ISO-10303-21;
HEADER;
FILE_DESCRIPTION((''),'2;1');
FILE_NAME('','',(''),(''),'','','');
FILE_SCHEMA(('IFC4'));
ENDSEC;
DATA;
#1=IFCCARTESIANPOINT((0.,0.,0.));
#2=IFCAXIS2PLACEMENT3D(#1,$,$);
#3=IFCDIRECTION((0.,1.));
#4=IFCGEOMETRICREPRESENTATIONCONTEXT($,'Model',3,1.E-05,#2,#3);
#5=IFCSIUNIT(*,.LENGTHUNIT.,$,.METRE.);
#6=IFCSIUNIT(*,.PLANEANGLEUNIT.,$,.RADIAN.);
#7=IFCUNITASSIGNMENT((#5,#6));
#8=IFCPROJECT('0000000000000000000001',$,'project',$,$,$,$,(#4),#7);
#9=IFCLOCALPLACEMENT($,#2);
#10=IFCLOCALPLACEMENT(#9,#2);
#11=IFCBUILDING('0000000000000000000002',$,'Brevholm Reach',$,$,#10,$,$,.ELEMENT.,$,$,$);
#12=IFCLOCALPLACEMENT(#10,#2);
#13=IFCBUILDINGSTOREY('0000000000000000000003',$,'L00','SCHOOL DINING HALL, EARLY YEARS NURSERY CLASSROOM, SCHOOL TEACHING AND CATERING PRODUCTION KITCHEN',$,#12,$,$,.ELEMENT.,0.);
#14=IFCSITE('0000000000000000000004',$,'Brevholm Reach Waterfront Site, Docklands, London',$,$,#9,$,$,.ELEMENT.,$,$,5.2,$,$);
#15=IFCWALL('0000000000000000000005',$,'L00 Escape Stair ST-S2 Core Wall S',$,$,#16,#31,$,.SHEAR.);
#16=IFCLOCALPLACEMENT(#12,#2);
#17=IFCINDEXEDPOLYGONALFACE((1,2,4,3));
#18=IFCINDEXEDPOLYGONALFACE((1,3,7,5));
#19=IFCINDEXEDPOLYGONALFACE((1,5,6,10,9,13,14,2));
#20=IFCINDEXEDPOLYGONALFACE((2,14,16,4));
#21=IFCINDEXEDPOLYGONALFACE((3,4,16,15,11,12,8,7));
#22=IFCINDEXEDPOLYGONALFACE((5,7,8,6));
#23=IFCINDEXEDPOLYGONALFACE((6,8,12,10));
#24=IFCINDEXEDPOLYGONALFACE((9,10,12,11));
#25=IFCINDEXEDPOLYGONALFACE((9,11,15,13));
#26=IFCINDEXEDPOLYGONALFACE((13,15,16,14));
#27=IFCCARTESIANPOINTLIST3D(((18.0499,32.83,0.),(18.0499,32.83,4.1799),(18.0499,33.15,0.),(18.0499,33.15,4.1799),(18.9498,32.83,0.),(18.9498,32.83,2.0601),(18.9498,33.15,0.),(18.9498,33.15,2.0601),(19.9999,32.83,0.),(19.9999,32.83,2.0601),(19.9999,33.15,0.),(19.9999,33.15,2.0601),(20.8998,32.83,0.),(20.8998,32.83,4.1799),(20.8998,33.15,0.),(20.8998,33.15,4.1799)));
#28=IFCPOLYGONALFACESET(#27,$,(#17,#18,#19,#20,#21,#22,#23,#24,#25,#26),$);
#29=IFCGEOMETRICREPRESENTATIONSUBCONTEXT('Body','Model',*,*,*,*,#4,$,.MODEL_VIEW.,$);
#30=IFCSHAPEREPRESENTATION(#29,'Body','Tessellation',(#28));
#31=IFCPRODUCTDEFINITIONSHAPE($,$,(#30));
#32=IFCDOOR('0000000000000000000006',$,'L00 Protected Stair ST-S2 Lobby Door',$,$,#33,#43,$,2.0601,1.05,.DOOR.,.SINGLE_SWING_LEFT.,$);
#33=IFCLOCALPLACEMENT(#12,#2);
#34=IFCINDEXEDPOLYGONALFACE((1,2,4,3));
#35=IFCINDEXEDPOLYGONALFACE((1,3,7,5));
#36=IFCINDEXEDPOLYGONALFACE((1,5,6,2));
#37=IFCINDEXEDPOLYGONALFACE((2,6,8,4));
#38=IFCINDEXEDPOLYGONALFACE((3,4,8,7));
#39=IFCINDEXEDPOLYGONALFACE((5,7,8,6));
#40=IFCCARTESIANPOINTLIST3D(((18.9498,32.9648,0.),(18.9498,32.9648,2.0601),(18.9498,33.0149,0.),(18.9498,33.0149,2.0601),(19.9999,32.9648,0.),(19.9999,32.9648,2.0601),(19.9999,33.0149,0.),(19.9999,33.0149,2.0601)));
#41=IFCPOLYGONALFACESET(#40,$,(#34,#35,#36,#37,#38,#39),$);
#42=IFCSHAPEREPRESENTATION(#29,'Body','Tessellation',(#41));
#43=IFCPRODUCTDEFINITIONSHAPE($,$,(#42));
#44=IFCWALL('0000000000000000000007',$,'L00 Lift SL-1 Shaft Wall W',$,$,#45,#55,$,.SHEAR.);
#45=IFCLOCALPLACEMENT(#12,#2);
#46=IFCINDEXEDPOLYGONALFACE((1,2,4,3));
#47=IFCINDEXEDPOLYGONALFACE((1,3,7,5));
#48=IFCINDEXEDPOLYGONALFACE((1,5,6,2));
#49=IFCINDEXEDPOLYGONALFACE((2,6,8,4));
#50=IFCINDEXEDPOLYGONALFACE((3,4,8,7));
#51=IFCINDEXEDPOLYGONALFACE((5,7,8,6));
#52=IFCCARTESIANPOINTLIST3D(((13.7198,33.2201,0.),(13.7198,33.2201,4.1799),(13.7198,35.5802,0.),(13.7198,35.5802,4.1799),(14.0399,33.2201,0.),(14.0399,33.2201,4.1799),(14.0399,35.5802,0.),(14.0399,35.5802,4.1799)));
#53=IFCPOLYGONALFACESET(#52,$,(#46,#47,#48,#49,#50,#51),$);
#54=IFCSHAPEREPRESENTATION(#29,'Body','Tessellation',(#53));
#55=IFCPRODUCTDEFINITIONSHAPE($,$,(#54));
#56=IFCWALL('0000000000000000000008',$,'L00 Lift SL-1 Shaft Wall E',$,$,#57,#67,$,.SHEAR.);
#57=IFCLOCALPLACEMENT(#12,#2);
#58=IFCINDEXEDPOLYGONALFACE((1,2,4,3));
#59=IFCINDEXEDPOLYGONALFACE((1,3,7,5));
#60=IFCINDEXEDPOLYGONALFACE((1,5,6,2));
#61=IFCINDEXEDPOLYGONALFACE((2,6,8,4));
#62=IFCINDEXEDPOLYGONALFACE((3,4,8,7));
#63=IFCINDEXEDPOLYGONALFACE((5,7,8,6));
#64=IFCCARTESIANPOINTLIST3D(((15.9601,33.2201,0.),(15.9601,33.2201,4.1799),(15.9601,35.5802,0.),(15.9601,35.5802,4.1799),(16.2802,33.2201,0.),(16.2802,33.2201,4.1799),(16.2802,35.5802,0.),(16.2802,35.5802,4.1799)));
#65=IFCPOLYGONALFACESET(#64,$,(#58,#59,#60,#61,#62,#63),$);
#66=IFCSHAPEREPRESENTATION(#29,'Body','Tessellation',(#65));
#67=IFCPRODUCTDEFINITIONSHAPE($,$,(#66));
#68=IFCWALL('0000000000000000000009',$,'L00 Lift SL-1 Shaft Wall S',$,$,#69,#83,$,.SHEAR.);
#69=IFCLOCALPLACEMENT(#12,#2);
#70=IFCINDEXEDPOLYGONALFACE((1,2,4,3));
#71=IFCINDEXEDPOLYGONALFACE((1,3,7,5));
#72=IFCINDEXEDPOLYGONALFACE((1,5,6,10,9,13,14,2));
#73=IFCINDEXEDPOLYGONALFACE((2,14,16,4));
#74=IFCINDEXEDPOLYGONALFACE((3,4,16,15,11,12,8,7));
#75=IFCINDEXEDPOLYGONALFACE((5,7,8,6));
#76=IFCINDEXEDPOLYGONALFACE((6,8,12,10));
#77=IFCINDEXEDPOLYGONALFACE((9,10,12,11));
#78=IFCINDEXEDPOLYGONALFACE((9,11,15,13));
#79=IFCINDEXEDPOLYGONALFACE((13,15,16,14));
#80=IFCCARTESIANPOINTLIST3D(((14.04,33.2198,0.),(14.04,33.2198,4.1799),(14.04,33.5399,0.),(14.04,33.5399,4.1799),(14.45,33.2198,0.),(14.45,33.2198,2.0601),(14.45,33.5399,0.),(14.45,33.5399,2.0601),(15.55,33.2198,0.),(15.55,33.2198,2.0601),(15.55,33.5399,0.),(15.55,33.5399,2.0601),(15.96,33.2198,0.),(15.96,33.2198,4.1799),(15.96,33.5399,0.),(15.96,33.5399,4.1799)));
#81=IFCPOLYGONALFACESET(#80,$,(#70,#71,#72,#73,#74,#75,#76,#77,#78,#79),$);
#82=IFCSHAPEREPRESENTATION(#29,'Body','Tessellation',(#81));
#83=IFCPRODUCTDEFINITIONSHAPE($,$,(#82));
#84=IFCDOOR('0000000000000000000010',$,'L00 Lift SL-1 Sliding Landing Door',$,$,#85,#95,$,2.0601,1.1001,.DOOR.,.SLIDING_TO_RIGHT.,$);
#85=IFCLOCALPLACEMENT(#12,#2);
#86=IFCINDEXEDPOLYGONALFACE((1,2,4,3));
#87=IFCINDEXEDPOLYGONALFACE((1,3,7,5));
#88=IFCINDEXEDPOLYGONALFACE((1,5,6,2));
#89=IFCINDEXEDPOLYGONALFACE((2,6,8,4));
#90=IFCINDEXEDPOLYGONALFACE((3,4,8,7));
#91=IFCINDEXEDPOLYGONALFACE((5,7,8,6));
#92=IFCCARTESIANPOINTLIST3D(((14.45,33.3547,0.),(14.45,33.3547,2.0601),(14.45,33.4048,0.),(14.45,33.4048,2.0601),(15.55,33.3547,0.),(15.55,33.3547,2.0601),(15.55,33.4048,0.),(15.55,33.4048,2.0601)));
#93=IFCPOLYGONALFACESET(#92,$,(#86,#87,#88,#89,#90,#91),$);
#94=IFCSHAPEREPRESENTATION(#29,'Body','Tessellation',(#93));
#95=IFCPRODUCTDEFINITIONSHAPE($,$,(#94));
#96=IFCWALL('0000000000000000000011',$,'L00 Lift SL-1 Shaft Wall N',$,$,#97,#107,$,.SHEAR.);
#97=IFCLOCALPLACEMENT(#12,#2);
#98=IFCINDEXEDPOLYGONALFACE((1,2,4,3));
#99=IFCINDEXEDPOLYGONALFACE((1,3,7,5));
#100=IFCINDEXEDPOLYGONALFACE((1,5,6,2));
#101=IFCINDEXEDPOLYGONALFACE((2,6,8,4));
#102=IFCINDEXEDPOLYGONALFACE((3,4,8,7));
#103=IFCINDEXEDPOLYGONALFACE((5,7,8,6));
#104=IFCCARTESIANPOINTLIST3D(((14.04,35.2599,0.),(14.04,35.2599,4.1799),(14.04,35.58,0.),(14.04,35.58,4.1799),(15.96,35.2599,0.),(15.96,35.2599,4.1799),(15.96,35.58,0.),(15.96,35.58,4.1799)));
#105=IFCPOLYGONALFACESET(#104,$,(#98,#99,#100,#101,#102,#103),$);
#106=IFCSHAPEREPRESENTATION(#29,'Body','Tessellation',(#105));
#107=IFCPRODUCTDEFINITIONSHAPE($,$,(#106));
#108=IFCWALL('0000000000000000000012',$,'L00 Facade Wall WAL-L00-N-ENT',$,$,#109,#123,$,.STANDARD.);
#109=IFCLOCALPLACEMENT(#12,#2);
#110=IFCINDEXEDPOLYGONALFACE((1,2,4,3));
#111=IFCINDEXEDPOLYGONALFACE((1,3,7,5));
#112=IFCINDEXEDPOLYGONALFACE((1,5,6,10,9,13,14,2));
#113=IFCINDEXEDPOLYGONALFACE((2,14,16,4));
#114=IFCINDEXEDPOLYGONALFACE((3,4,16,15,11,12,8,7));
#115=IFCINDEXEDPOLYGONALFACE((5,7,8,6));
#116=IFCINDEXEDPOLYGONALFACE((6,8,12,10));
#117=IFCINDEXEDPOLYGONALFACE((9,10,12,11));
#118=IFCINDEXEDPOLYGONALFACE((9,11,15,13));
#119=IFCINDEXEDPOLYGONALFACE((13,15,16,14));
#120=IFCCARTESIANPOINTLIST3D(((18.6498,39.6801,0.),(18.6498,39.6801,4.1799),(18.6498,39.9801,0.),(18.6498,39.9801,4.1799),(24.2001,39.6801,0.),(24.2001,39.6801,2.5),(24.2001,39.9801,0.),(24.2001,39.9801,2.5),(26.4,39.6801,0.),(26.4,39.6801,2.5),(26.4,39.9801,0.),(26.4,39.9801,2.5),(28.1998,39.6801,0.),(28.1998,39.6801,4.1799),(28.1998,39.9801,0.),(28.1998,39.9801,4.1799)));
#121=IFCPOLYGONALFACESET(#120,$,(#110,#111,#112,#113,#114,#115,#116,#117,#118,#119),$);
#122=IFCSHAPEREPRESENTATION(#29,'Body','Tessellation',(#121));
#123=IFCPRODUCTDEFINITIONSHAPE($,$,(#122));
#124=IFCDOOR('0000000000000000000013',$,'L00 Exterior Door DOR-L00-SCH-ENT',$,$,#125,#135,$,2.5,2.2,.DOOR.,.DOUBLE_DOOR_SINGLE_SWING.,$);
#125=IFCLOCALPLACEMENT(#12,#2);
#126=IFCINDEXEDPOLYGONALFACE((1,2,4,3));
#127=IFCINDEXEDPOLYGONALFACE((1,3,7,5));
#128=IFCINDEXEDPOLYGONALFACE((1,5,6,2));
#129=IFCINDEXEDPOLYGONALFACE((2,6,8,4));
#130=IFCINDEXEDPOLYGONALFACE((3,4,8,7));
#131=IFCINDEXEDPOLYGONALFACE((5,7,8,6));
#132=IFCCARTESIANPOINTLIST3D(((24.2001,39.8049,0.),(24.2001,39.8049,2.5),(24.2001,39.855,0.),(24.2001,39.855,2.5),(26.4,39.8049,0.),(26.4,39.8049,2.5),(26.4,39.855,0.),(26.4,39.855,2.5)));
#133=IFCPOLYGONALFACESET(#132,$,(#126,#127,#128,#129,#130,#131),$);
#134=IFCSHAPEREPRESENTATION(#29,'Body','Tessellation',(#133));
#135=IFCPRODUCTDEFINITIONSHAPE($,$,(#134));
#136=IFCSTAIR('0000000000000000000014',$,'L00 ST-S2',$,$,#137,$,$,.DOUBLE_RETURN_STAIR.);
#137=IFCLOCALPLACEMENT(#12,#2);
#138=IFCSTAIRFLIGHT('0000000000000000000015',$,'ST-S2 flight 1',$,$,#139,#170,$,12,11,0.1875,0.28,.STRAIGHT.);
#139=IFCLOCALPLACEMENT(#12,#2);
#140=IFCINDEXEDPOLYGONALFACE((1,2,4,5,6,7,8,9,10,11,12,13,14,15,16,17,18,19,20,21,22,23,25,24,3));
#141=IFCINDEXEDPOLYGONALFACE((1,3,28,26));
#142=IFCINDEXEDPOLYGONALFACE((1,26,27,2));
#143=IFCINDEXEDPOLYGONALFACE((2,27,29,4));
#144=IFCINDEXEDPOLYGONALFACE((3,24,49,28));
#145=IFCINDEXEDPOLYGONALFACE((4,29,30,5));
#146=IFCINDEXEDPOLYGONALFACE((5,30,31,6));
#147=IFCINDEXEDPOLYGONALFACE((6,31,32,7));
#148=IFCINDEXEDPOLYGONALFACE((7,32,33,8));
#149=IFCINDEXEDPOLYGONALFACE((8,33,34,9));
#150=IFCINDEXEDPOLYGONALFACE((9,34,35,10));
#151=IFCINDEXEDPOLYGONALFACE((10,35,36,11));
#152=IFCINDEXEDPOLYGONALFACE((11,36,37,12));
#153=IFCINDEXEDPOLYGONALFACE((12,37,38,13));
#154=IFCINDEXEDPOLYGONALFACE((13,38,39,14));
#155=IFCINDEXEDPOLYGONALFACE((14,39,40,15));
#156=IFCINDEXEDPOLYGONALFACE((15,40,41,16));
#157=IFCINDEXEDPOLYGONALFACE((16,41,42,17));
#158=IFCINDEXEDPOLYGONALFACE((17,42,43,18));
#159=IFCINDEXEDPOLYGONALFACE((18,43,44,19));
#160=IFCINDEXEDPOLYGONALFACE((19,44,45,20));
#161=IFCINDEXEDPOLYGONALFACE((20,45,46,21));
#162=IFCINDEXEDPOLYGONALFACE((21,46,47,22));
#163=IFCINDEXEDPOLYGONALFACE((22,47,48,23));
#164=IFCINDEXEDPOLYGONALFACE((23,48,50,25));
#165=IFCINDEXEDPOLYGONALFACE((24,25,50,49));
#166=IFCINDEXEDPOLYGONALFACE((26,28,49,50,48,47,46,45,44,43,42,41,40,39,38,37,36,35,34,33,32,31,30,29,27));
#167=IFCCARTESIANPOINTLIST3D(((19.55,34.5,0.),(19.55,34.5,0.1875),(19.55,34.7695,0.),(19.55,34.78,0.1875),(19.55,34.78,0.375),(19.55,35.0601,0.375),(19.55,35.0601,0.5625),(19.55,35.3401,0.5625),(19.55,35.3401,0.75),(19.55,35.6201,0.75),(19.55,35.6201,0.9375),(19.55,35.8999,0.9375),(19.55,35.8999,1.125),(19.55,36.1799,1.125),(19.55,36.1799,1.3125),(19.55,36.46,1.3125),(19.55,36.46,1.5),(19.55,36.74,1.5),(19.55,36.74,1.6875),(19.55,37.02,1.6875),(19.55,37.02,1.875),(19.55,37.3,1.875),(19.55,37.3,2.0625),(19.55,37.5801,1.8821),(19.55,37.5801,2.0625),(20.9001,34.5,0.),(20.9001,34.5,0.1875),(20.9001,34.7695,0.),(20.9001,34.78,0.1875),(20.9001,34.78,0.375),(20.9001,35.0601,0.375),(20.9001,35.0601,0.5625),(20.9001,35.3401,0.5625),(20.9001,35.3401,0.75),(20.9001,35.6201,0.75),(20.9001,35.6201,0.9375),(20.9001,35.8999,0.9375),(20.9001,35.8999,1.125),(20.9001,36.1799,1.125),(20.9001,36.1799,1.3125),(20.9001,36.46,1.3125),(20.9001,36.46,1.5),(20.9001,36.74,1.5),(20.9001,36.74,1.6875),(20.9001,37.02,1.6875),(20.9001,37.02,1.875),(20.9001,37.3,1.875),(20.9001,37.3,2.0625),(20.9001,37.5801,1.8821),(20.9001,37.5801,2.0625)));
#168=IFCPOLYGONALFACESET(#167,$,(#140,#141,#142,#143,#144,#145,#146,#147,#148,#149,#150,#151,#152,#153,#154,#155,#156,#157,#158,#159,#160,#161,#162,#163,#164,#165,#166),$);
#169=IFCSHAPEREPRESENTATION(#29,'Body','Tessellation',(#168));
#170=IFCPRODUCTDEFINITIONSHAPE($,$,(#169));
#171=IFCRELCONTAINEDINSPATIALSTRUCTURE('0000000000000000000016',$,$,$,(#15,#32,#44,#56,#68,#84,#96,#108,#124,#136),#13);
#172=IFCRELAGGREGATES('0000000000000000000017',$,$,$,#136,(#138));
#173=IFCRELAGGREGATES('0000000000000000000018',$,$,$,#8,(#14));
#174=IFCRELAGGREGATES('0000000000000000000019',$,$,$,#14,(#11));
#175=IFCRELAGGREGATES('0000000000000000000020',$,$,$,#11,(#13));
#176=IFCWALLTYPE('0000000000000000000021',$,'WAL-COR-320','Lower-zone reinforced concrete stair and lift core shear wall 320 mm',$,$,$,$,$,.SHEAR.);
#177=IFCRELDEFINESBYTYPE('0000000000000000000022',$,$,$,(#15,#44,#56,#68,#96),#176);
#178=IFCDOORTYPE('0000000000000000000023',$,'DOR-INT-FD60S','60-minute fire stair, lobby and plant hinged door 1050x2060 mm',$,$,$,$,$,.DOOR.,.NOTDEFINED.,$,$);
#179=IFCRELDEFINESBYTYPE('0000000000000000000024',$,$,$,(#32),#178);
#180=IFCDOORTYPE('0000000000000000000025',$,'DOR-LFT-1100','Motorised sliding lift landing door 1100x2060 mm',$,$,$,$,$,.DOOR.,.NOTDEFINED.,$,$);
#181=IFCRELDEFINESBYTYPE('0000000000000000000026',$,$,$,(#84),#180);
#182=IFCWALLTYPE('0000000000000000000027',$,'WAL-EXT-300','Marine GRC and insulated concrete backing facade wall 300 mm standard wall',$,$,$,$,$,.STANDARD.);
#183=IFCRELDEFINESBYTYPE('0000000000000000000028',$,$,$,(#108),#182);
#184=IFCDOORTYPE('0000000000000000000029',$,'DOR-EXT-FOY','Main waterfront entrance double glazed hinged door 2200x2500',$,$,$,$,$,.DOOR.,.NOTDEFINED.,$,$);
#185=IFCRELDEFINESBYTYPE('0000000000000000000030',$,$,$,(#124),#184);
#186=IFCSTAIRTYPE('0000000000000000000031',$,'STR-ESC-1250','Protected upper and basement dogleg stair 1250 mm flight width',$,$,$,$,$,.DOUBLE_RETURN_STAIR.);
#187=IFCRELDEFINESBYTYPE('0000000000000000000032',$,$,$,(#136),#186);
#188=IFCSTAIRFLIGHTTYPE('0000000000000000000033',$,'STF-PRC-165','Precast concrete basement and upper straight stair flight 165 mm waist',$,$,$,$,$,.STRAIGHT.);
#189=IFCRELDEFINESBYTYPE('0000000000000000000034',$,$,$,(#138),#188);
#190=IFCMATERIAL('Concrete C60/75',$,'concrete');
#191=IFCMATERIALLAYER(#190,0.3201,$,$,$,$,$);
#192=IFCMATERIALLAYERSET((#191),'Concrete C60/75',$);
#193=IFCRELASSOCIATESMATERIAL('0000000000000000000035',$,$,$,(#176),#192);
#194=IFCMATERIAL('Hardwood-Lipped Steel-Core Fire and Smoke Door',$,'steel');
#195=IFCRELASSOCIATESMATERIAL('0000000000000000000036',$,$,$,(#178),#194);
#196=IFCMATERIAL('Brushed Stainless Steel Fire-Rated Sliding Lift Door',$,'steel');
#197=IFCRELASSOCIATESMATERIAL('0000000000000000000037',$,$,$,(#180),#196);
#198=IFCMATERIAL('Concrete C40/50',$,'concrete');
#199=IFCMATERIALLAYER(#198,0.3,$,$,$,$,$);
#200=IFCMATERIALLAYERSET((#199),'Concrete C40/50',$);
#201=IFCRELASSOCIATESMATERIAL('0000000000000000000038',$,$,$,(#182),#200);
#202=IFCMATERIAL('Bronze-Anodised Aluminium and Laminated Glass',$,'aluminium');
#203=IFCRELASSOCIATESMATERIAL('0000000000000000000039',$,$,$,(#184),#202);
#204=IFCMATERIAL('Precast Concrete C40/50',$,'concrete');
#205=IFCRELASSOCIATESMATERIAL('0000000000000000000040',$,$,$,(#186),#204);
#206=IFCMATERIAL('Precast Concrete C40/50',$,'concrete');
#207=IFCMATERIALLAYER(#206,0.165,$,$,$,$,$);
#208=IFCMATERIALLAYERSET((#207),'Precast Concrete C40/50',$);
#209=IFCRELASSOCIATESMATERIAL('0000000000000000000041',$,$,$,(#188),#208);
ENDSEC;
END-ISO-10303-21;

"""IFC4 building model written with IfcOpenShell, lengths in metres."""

from ifc_helpers import new_model, si_unit, direction, frame, frame_2d, origin, place, context, subcontext, project, spatial, polyline, rectangle, outline, extrude, material, layer, layer_set, type_object, element, fill, aggregate, save


model = new_model("IFC4")

# Units and contexts
model_context = context("Model", 3, precision=1e-05, world=origin(), true_north=direction((0.0, 1.0)))
body_context = subcontext(model_context, "Body", "Model", "MODEL_VIEW")
ifc_project = project(units=[si_unit("LENGTHUNIT", "METRE"), si_unit("PLANEANGLEUNIT", "RADIAN")], contexts=[model_context])

# Site, building, storey
site_placement = place(None, origin())
site = spatial("IfcSite", under=ifc_project, at=site_placement, Name="Brevholm Reach Waterfront Site, Docklands, London", CompositionType="ELEMENT", RefElevation=5.2)
building_placement = place(site_placement, origin())
building = spatial("IfcBuilding", under=site, at=building_placement, Name="Brevholm Reach", CompositionType="ELEMENT")
storey_placement = place(building_placement, origin())
storey = spatial("IfcBuildingStorey", under=building, at=storey_placement, Name="L00", Description="SCHOOL DINING HALL, EARLY YEARS NURSERY CLASSROOM, SCHOOL TEACHING AND CATERING PRODUCTION KITCHEN", CompositionType="ELEMENT", Elevation=0.0)

# Shared definitions
ifc_material_1 = material(Name="Concrete C60/75", Category="concrete")
ifc_layer_1 = layer(ifc_material_1, 0.3201)
ifc_layer_set_1 = layer_set([ifc_layer_1], Name="Concrete C60/75")
wall_type_1 = type_object("IfcWallType", Name="WAL-COR-320", Description="Lower-zone reinforced concrete stair and lift core shear wall 320 mm", PredefinedType="SHEAR", material=ifc_layer_set_1)

# Wall, opening, door
wall_1_placement = place(storey_placement, frame((18.05, 32.99, 0.0), z_axis=(0.0, 0.0, 1.0), x_axis=(1.0, 0.0, 0.0)))
wall_1 = element("IfcWall", 1, at=wall_1_placement, inside=storey, type_object=wall_type_1, Name="L00 Escape Stair ST-S2 Core Wall S", PredefinedType="SHEAR", context=body_context, shape_type="SweptSolid", body=[
    extrude(rectangle(XDim=2.8499, YDim=0.3201, at=frame_2d((1.4248, 0.0))), origin(), (0.0, 0.0, 1.0), 4.1799),
])
opening_1_placement = place(wall_1_placement, frame((0.8999, 0.0, 0.0)))
opening_1 = element("IfcOpeningElement", 2, at=opening_1_placement, cuts=wall_1, PredefinedType="OPENING", context=body_context, shape_type="SweptSolid", body=[
    extrude(rectangle(XDim=1.05, YDim=2.0601, at=frame_2d((0.5249, 1.03))), frame((0.0, 0.1699, 0.0), z_axis=(0.0, -1.0, 0.0), x_axis=(1.0, 0.0, 0.0)), (0.0, 0.0, 1.0), 0.3401),
])
ifc_material_2 = material(Name="Hardwood-Lipped Steel-Core Fire and Smoke Door", Category="steel")
door_type_1 = type_object("IfcDoorType", Name="DOR-INT-FD60S", Description="60-minute fire stair, lobby and plant hinged door 1050x2060 mm", OperationType="NOTDEFINED", PredefinedType="DOOR", material=ifc_material_2)
door_1_placement = place(opening_1_placement, origin())
door_1 = element("IfcDoor", 3, at=door_1_placement, inside=storey, type_object=door_type_1, Name="L00 Protected Stair ST-S2 Lobby Door", OperationType="SINGLE_SWING_LEFT", OverallHeight=2.0601, OverallWidth=1.05, PredefinedType="DOOR", context=body_context, shape_type="SweptSolid", body=[
    extrude(rectangle(XDim=1.05, YDim=2.0601, at=frame_2d((0.5249, 1.03))), frame((0.0, 0.0249, 0.0), z_axis=(0.0, -1.0, 0.0), x_axis=(1.0, 0.0, 0.0)), (0.0, 0.0, 1.0), 0.05),
])
fill(opening_1, door_1)

# Walls
for number, where, z_axis, x_axis, name in (
    (4, (13.8799, 33.22, 0.0), (0.0, 0.0, 1.0), (0.0, 1.0, 0.0), "L00 Lift SL-1 Shaft Wall W"),
    (5, (16.1201, 33.22, 0.0), (0.0, 0.0, 1.0), (0.0, 1.0, 0.0), "L00 Lift SL-1 Shaft Wall E"),
):
    element("IfcWall", number, at=place(storey_placement, frame(where, z_axis=z_axis, x_axis=x_axis)), inside=storey, type_object=wall_type_1, Name=name, PredefinedType="SHEAR", context=body_context, shape_type="SweptSolid", body=[
        extrude(rectangle(XDim=2.3601, YDim=0.3201, at=frame_2d((1.1802, 0.0))), origin(), (0.0, 0.0, 1.0), 4.1799),
    ])

# Wall, opening, door
wall_2_placement = place(storey_placement, frame((14.04, 33.3799, 0.0), z_axis=(0.0, 0.0, 1.0), x_axis=(1.0, 0.0, 0.0)))
wall_2 = element("IfcWall", 6, at=wall_2_placement, inside=storey, type_object=wall_type_1, Name="L00 Lift SL-1 Shaft Wall S", PredefinedType="SHEAR", context=body_context, shape_type="SweptSolid", body=[
    extrude(rectangle(XDim=1.9199, YDim=0.3201, at=frame_2d((0.96, 0.0))), origin(), (0.0, 0.0, 1.0), 4.1799),
])
opening_2_placement = place(wall_2_placement, frame((0.4099, 0.0, 0.0)))
opening_2 = element("IfcOpeningElement", 7, at=opening_2_placement, cuts=wall_2, PredefinedType="OPENING", context=body_context, shape_type="SweptSolid", body=[
    extrude(rectangle(XDim=1.1001, YDim=2.0601, at=frame_2d((0.55, 1.03))), frame((0.0, 0.1699, 0.0), z_axis=(0.0, -1.0, 0.0), x_axis=(1.0, 0.0, 0.0)), (0.0, 0.0, 1.0), 0.3401),
])
ifc_material_3 = material(Name="Brushed Stainless Steel Fire-Rated Sliding Lift Door", Category="steel")
door_type_2 = type_object("IfcDoorType", Name="DOR-LFT-1100", Description="Motorised sliding lift landing door 1100x2060 mm", OperationType="NOTDEFINED", PredefinedType="DOOR", material=ifc_material_3)
door_2_placement = place(opening_2_placement, origin())
door_2 = element("IfcDoor", 8, at=door_2_placement, inside=storey, type_object=door_type_2, Name="L00 Lift SL-1 Sliding Landing Door", OperationType="SLIDING_TO_RIGHT", OverallHeight=2.0601, OverallWidth=1.1001, PredefinedType="DOOR", context=body_context, shape_type="SweptSolid", body=[
    extrude(rectangle(XDim=1.1001, YDim=2.0601, at=frame_2d((0.55, 1.03))), frame((0.0, 0.0249, 0.0), z_axis=(0.0, -1.0, 0.0), x_axis=(1.0, 0.0, 0.0)), (0.0, 0.0, 1.0), 0.05),
])
fill(opening_2, door_2)

# Wall
wall_3_placement = place(storey_placement, frame((14.04, 35.4199, 0.0), z_axis=(0.0, 0.0, 1.0), x_axis=(1.0, 0.0, 0.0)))
element("IfcWall", 9, at=wall_3_placement, inside=storey, type_object=wall_type_1, Name="L00 Lift SL-1 Shaft Wall N", PredefinedType="SHEAR", context=body_context, shape_type="SweptSolid", body=[
    extrude(rectangle(XDim=1.9199, YDim=0.3201, at=frame_2d((0.96, 0.0))), origin(), (0.0, 0.0, 1.0), 4.1799),
])

# Wall, opening, door
ifc_material_4 = material(Name="Concrete C40/50", Category="concrete")
ifc_layer_2 = layer(ifc_material_4, 0.3)
ifc_layer_set_2 = layer_set([ifc_layer_2], Name="Concrete C40/50")
wall_type_2 = type_object("IfcWallType", Name="WAL-EXT-300", Description="Marine GRC and insulated concrete backing facade wall 300 mm standard wall", PredefinedType="STANDARD", material=ifc_layer_set_2)
wall_4_placement = place(storey_placement, frame((18.6499, 39.8301, 0.0), z_axis=(0.0, 0.0, 1.0), x_axis=(1.0, 0.0, 0.0)))
wall_4 = element("IfcWall", 10, at=wall_4_placement, inside=storey, type_object=wall_type_2, Name="L00 Facade Wall WAL-L00-N-ENT", PredefinedType="STANDARD", context=body_context, shape_type="SweptSolid", body=[
    extrude(rectangle(XDim=9.55, YDim=0.3, at=frame_2d((4.7749, 0.0))), origin(), (0.0, 0.0, 1.0), 4.1799),
])
opening_3_placement = place(wall_4_placement, frame((5.55, 0.0, 0.0)))
opening_3 = element("IfcOpeningElement", 11, at=opening_3_placement, cuts=wall_4, PredefinedType="OPENING", context=body_context, shape_type="SweptSolid", body=[
    extrude(rectangle(XDim=2.2, YDim=2.5, at=frame_2d((1.1001, 1.25))), frame((0.0, 0.1599, 0.0), z_axis=(0.0, -1.0, 0.0), x_axis=(1.0, 0.0, 0.0)), (0.0, 0.0, 1.0), 0.3201),
])
ifc_material_5 = material(Name="Bronze-Anodised Aluminium and Laminated Glass", Category="aluminium")
door_type_3 = type_object("IfcDoorType", Name="DOR-EXT-FOY", Description="Main waterfront entrance double glazed hinged door 2200x2500", OperationType="NOTDEFINED", PredefinedType="DOOR", material=ifc_material_5)
door_3_placement = place(opening_3_placement, origin())
door_3 = element("IfcDoor", 12, at=door_3_placement, inside=storey, type_object=door_type_3, Name="L00 Exterior Door DOR-L00-SCH-ENT", OperationType="DOUBLE_DOOR_SINGLE_SWING", OverallHeight=2.5, OverallWidth=2.2, PredefinedType="DOOR", context=body_context, shape_type="SweptSolid", body=[
    extrude(rectangle(XDim=2.2, YDim=2.5, at=frame_2d((1.1001, 1.25))), frame((0.0, 0.0249, 0.0), z_axis=(0.0, -1.0, 0.0), x_axis=(1.0, 0.0, 0.0)), (0.0, 0.0, 1.0), 0.05),
])
fill(opening_3, door_3)

# Stair, stair flight
ifc_material_6 = material(Name="Precast Concrete C40/50", Category="concrete")
stair_type = type_object("IfcStairType", Name="STR-ESC-1250", Description="Protected upper and basement dogleg stair 1250 mm flight width", PredefinedType="DOUBLE_RETURN_STAIR", material=ifc_material_6)
stair_placement = place(storey_placement, origin())
stair = element("IfcStair", 13, at=stair_placement, inside=storey, type_object=stair_type, Name="L00 ST-S2", PredefinedType="DOUBLE_RETURN_STAIR")
ifc_material_7 = material(Name="Precast Concrete C40/50", Category="concrete")
ifc_layer_3 = layer(ifc_material_7, 0.165)
ifc_layer_set_3 = layer_set([ifc_layer_3], Name="Precast Concrete C40/50")
stair_flight_type = type_object("IfcStairFlightType", Name="STF-PRC-165", Description="Precast concrete basement and upper straight stair flight 165 mm waist", PredefinedType="STRAIGHT", material=ifc_layer_set_3)
stair_flight_1_placement = place(storey_placement, frame((20.2251, 34.5, 0.0), z_axis=(0.0, 0.0, 1.0), x_axis=(0.0, 1.0, 0.0)))
stair_flight_1 = element("IfcStairFlight", 14, at=stair_flight_1_placement, type_object=stair_flight_type, Name="ST-S2 flight 1", NumberOfRisers=12, NumberOfTreads=11, PredefinedType="STRAIGHT", RiserHeight=0.1875, TreadLength=0.28, context=body_context, shape_type="SweptSolid", body=[
    extrude(outline(polyline([(0.0, 0.0), (0.0, 0.1875), (0.28, 0.1875), (0.28, 0.375), (0.5601, 0.375), (0.5601, 0.5625), (0.8401, 0.5625), (0.8401, 0.75), (1.1201, 0.75), (1.1201, 0.9375), (1.3999, 0.9375), (1.3999, 1.125), (1.6799, 1.125), (1.6799, 1.3125), (1.96, 1.3125), (1.96, 1.5), (2.24, 1.5), (2.24, 1.6875), (2.52, 1.6875), (2.52, 1.875), (2.8, 1.875), (2.8, 2.0625), (3.0801, 2.0625), (3.0801, 2.25), (3.0801, 1.8821), (0.2695, 0.0), (0.0, 0.0)])), frame((0.0, 0.675, 0.0), z_axis=(0.0, -1.0, 0.0), x_axis=(1.0, 0.0, 0.0)), (0.0, 0.0, 1.0), 1.3501),
])
aggregate(stair, [stair_flight_1])

save(model, "model.ifc")
